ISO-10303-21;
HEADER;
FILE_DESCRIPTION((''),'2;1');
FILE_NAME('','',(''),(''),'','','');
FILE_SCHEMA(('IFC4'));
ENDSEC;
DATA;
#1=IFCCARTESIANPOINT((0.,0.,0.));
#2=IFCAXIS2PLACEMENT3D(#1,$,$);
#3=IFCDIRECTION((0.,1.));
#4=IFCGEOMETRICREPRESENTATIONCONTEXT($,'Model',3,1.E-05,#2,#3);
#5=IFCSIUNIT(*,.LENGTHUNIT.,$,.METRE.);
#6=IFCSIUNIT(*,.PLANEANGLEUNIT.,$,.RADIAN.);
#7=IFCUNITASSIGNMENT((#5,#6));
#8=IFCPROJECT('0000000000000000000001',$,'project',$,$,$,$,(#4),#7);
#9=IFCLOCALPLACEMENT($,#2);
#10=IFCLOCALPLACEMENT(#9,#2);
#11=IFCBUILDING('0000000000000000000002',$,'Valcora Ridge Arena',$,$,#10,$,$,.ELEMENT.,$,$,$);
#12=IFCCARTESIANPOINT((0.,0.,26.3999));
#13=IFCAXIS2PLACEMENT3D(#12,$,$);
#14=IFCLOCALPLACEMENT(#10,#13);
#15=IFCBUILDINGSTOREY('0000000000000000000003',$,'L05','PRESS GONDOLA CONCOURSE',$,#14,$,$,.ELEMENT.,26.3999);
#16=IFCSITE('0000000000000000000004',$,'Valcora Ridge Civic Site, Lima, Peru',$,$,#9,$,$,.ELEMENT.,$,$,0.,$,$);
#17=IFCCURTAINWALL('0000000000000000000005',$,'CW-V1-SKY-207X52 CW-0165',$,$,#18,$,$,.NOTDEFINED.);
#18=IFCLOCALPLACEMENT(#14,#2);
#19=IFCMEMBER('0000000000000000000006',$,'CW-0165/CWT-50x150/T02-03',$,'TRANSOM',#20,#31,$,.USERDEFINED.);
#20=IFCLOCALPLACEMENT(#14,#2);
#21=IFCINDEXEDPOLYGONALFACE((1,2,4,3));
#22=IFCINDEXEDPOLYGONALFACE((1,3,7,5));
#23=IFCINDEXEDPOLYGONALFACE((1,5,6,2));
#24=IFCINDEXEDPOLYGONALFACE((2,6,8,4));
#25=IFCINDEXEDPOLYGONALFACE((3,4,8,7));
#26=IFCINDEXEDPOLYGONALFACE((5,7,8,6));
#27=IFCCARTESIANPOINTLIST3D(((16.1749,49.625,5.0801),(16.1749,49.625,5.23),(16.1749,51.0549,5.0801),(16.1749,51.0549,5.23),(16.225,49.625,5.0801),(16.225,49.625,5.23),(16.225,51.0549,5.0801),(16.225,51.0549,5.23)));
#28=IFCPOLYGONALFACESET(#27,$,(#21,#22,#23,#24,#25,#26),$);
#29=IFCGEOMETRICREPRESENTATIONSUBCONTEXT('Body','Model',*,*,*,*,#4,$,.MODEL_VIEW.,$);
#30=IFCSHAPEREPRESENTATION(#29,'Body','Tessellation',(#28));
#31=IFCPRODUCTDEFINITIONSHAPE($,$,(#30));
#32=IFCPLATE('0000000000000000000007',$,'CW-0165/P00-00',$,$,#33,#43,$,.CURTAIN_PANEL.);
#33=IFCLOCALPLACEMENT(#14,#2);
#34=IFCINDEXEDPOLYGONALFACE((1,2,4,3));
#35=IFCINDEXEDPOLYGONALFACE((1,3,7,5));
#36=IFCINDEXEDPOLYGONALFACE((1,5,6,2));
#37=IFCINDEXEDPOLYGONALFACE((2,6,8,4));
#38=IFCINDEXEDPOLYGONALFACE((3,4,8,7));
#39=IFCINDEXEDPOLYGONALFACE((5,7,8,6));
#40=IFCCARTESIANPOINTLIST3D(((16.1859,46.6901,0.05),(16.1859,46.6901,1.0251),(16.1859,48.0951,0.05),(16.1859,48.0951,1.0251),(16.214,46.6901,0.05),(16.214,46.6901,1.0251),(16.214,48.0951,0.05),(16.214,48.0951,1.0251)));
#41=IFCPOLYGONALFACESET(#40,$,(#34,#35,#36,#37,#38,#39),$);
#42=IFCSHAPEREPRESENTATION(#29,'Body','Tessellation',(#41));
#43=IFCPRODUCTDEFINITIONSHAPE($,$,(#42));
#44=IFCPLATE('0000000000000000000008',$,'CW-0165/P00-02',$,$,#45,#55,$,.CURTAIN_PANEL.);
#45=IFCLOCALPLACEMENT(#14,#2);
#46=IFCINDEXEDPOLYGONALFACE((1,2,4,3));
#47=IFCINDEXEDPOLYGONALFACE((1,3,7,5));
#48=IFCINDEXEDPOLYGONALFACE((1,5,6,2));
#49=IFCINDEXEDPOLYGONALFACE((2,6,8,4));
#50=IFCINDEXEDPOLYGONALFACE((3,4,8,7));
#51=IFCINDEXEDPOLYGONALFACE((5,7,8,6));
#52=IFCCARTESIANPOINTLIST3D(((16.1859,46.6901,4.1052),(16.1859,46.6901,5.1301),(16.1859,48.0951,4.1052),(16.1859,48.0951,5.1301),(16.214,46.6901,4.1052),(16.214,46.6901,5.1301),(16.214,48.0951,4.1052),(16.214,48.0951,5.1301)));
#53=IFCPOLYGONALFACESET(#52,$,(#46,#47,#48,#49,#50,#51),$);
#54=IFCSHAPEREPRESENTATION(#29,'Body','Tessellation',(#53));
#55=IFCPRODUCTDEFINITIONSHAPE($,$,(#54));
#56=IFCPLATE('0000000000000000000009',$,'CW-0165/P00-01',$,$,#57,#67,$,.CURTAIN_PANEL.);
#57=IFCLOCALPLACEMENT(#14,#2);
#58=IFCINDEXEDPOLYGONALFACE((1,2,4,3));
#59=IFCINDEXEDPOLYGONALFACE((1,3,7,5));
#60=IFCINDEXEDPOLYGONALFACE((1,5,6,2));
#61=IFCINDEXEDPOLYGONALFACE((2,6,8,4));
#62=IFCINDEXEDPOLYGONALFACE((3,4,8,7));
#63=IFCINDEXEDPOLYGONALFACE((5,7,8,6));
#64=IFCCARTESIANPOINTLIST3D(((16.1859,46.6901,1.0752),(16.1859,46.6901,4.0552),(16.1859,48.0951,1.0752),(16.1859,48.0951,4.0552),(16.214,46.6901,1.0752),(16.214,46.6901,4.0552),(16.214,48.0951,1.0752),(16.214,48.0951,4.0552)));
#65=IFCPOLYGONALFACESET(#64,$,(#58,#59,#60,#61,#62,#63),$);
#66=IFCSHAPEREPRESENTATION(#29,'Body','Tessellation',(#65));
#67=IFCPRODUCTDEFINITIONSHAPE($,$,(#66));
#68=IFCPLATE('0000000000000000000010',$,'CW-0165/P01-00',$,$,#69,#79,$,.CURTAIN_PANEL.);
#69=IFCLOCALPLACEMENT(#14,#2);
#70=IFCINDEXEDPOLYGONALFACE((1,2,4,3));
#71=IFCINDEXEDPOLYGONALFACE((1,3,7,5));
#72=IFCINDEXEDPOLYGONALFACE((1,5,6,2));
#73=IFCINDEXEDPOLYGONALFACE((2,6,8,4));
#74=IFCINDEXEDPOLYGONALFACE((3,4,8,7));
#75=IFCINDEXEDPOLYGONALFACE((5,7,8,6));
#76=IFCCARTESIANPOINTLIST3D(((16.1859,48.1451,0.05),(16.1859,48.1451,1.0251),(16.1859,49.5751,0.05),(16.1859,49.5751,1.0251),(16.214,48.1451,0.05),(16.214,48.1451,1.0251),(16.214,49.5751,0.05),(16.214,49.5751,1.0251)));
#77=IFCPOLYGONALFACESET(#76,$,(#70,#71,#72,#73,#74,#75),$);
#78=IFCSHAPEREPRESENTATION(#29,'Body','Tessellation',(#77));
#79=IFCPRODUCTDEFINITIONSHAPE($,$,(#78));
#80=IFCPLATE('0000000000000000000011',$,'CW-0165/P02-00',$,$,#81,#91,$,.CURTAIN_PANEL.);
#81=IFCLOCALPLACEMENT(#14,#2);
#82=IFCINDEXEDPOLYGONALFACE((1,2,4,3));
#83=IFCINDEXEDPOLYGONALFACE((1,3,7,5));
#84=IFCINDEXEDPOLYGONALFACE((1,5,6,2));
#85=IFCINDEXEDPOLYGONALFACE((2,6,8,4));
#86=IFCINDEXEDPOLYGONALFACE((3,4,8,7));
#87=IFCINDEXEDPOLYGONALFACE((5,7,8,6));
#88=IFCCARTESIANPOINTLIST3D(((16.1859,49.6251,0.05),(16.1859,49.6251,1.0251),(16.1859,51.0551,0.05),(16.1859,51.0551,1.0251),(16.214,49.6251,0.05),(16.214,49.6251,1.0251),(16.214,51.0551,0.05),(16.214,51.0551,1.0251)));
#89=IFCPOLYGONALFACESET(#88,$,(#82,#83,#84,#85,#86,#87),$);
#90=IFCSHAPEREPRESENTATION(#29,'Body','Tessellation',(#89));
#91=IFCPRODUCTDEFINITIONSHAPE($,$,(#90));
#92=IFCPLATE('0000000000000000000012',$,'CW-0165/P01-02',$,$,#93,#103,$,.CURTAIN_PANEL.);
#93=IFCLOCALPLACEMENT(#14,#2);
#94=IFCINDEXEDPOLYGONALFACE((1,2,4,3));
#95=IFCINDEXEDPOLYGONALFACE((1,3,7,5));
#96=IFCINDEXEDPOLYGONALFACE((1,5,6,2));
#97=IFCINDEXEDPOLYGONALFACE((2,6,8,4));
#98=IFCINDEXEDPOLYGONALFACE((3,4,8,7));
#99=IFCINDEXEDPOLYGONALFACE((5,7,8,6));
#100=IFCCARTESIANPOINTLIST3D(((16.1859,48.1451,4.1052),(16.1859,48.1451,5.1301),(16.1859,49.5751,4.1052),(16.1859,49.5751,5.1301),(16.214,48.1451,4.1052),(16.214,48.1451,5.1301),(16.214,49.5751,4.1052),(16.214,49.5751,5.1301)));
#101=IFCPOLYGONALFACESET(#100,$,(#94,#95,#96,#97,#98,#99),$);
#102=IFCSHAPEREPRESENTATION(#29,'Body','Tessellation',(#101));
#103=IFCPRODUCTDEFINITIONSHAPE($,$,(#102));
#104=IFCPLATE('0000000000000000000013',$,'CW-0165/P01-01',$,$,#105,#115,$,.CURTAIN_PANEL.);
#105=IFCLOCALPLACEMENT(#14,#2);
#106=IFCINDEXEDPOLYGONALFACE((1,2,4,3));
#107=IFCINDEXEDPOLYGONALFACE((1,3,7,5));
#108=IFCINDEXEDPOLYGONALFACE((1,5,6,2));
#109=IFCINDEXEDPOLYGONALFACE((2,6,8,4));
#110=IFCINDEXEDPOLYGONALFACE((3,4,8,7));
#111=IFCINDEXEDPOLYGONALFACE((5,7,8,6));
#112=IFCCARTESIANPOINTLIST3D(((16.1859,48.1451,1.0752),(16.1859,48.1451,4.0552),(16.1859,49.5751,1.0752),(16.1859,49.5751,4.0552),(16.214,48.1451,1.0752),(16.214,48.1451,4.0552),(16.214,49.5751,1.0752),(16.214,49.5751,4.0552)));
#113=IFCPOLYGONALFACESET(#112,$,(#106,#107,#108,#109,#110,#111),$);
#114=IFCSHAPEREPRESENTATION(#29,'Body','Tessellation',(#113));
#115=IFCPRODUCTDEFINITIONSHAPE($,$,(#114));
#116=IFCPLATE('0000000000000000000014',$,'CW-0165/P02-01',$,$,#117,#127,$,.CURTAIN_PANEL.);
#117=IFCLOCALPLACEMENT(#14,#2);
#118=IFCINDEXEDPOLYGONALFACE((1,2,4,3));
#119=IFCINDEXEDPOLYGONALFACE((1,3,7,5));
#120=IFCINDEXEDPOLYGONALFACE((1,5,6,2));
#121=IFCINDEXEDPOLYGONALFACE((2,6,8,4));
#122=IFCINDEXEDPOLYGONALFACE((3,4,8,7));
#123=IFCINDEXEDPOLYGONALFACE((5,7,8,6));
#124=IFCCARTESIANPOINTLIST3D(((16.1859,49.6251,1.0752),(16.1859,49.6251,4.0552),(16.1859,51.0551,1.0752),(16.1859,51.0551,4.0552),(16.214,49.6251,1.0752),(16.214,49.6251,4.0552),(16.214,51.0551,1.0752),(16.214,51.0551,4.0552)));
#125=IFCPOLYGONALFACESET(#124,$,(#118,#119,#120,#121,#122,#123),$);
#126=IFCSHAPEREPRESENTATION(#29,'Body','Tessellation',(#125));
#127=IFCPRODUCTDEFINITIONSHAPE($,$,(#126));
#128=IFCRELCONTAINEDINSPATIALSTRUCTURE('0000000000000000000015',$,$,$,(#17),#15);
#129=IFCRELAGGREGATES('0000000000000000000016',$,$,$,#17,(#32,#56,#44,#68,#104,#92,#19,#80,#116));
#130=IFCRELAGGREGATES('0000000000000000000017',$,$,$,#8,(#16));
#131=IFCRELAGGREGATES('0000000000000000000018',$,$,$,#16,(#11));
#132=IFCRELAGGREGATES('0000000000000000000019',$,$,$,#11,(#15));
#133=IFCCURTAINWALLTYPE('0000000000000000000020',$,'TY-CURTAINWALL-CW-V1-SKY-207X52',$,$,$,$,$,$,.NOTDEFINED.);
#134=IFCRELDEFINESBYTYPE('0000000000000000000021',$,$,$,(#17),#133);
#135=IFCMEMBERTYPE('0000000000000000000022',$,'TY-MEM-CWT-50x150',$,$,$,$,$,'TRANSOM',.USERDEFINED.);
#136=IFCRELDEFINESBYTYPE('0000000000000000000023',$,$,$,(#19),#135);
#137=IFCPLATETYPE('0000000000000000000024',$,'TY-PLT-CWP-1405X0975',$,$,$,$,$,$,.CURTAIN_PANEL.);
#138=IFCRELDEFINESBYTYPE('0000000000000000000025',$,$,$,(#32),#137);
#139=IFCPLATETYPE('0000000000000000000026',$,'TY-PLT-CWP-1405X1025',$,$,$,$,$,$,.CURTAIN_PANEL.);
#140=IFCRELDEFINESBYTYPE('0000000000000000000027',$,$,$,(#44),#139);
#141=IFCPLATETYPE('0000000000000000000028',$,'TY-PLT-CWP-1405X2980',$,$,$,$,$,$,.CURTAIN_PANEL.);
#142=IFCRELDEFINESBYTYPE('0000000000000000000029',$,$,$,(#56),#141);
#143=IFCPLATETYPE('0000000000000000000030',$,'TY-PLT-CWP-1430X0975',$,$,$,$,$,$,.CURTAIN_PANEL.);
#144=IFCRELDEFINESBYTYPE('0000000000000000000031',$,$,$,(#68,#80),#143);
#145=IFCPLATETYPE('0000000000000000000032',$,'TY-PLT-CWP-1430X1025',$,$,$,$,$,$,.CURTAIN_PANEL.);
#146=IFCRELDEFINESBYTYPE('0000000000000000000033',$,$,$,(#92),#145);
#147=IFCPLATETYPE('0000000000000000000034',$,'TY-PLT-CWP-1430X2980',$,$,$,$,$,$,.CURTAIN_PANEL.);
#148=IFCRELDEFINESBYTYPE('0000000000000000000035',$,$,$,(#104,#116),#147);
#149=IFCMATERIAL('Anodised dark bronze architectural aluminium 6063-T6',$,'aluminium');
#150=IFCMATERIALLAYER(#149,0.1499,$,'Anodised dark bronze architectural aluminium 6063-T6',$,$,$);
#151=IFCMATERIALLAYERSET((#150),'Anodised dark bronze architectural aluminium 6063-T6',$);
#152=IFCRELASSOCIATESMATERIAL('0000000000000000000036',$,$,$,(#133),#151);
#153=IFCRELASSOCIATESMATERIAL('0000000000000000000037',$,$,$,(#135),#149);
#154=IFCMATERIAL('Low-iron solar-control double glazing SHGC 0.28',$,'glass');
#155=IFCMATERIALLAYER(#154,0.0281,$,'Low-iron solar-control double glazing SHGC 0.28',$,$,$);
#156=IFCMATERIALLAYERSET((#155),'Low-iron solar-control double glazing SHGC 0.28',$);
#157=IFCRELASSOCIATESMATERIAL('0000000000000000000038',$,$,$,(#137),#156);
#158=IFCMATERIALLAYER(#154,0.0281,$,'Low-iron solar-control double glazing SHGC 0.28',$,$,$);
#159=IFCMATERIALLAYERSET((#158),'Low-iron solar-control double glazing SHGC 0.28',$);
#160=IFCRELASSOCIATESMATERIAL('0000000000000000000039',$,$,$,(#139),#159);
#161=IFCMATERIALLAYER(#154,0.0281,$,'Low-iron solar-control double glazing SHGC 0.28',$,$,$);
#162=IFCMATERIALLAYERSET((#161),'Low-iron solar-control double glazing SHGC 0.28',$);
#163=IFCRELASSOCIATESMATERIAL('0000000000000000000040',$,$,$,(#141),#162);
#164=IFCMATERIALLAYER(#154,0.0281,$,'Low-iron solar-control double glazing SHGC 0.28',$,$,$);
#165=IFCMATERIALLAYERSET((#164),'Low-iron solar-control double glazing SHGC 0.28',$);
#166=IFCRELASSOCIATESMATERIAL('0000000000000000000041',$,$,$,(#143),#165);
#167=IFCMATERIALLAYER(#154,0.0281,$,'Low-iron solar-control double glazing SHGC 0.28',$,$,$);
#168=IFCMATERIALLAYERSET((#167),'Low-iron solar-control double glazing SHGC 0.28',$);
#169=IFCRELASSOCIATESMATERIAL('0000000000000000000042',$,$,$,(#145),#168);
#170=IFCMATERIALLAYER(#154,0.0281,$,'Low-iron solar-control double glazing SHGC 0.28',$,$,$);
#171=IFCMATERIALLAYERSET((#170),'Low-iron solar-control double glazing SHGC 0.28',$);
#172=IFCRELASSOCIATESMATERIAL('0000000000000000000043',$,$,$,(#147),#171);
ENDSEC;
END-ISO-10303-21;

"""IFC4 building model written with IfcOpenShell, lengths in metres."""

from ifc_helpers import new_model, si_unit, direction, frame, origin, origin_2d, place, context, subcontext, project, spatial, rectangle, extrude, material, layer, layer_set, material_profile, profile_set, type_object, element, aggregate, save


model = new_model("IFC4")

# Units and contexts
model_context = context("Model", 3, precision=1e-05, world=origin(), true_north=direction((0.0, 1.0)))
body_context = subcontext(model_context, "Body", "Model", "MODEL_VIEW")
ifc_project = project(units=[si_unit("LENGTHUNIT", "METRE"), si_unit("PLANEANGLEUNIT", "RADIAN")], contexts=[model_context])

# Site, building, storey
site_placement = place(None, origin())
site = spatial("IfcSite", under=ifc_project, at=site_placement, Name="Valcora Ridge Civic Site, Lima, Peru", CompositionType="ELEMENT", RefElevation=0.0)
building_placement = place(site_placement, origin())
building = spatial("IfcBuilding", under=site, at=building_placement, Name="Valcora Ridge Arena", CompositionType="ELEMENT")
storey_placement = place(building_placement, frame((0.0, 0.0, 26.3999)))
storey = spatial("IfcBuildingStorey", under=building, at=storey_placement, Name="L05", Description="PRESS GONDOLA CONCOURSE", CompositionType="ELEMENT", Elevation=26.3999)

# Shared definitions
ifc_material_1 = material(Name="Anodised dark bronze architectural aluminium 6063-T6", Category="aluminium")

# Curtain wall, member, plates
ifc_layer_1 = layer(ifc_material_1, 0.1499, Name="Anodised dark bronze architectural aluminium 6063-T6")
ifc_layer_set_1 = layer_set([ifc_layer_1], Name="Anodised dark bronze architectural aluminium 6063-T6")
curtain_wall_type_1 = type_object("IfcCurtainWallType", Name="TY-CURTAINWALL-CW-V1-SKY-207X52", PredefinedType="NOTDEFINED", material=ifc_layer_set_1)
curtain_wall_1_placement = place(storey_placement, origin())
curtain_wall_1 = element("IfcCurtainWall", 1, at=curtain_wall_1_placement, inside=storey, type_object=curtain_wall_type_1, Name="CW-V1-SKY-207X52 CW-0165", PredefinedType="NOTDEFINED")
ifc_material_profile_1 = material_profile(ifc_material_1, rectangle(XDim=0.05, YDim=0.1499, at=origin_2d()), Name="ALU TRANSOM 50x150")
ifc_profile_set_1 = profile_set([ifc_material_profile_1], Name="Anodised dark bronze architectural aluminium 6063-T6")
member_type_1 = type_object("IfcMemberType", Name="TY-MEM-CWT-50x150", ElementType="TRANSOM", PredefinedType="USERDEFINED", material=ifc_profile_set_1)
member_1_placement = place(storey_placement, frame((16.2, 49.625, 5.155), z_axis=(0.0, 1.0, 0.0), x_axis=(-1.0, 0.0, 0.0)))
member_1 = element("IfcMember", 2, at=member_1_placement, type_object=member_type_1, Name="CW-0165/CWT-50x150/T02-03", ObjectType="TRANSOM", PredefinedType="USERDEFINED", context=body_context, shape_type="SweptSolid", body=[
    extrude(rectangle(XDim=0.05, YDim=0.1499, at=origin_2d()), origin(), (0.0, 0.0, 1.0), 1.4299),
])
ifc_material_2 = material(Name="Low-iron solar-control double glazing SHGC 0.28", Category="glass")
ifc_layer_2 = layer(ifc_material_2, 0.0281, Name="Low-iron solar-control double glazing SHGC 0.28")
ifc_layer_set_2 = layer_set([ifc_layer_2], Name="Low-iron solar-control double glazing SHGC 0.28")
plate_type_1 = type_object("IfcPlateType", Name="TY-PLT-CWP-1405X0975", PredefinedType="CURTAIN_PANEL", material=ifc_layer_set_2)
plate_1_placement = place(storey_placement, frame((16.2, 47.3926, 0.05), z_axis=(0.0, 0.0, 1.0), x_axis=(0.0, 1.0, 0.0)))
plate_1 = element("IfcPlate", 3, at=plate_1_placement, type_object=plate_type_1, Name="CW-0165/P00-00", PredefinedType="CURTAIN_PANEL", context=body_context, shape_type="SweptSolid", body=[
    extrude(rectangle(XDim=1.405, YDim=0.0281, at=origin_2d()), origin(), (0.0, 0.0, 1.0), 0.9751),
])
ifc_layer_3 = layer(ifc_material_2, 0.0281, Name="Low-iron solar-control double glazing SHGC 0.28")
ifc_layer_set_3 = layer_set([ifc_layer_3], Name="Low-iron solar-control double glazing SHGC 0.28")
plate_type_2 = type_object("IfcPlateType", Name="TY-PLT-CWP-1405X1025", PredefinedType="CURTAIN_PANEL", material=ifc_layer_set_3)
plate_2_placement = place(storey_placement, frame((16.2, 47.3926, 4.1052), z_axis=(0.0, 0.0, 1.0), x_axis=(0.0, 1.0, 0.0)))
plate_2 = element("IfcPlate", 4, at=plate_2_placement, type_object=plate_type_2, Name="CW-0165/P00-02", PredefinedType="CURTAIN_PANEL", context=body_context, shape_type="SweptSolid", body=[
    extrude(rectangle(XDim=1.405, YDim=0.0281, at=origin_2d()), origin(), (0.0, 0.0, 1.0), 1.0249),
])
ifc_layer_4 = layer(ifc_material_2, 0.0281, Name="Low-iron solar-control double glazing SHGC 0.28")
ifc_layer_set_4 = layer_set([ifc_layer_4], Name="Low-iron solar-control double glazing SHGC 0.28")
plate_type_3 = type_object("IfcPlateType", Name="TY-PLT-CWP-1405X2980", PredefinedType="CURTAIN_PANEL", material=ifc_layer_set_4)
plate_3_placement = place(storey_placement, frame((16.2, 47.3926, 1.0752), z_axis=(0.0, 0.0, 1.0), x_axis=(0.0, 1.0, 0.0)))
plate_3 = element("IfcPlate", 5, at=plate_3_placement, type_object=plate_type_3, Name="CW-0165/P00-01", PredefinedType="CURTAIN_PANEL", context=body_context, shape_type="SweptSolid", body=[
    extrude(rectangle(XDim=1.405, YDim=0.0281, at=origin_2d()), origin(), (0.0, 0.0, 1.0), 2.98),
])
ifc_layer_5 = layer(ifc_material_2, 0.0281, Name="Low-iron solar-control double glazing SHGC 0.28")
ifc_layer_set_5 = layer_set([ifc_layer_5], Name="Low-iron solar-control double glazing SHGC 0.28")
plate_type_4 = type_object("IfcPlateType", Name="TY-PLT-CWP-1430X0975", PredefinedType="CURTAIN_PANEL", material=ifc_layer_set_5)
plate_4_placement = place(storey_placement, frame((16.2, 48.8601, 0.05), z_axis=(0.0, 0.0, 1.0), x_axis=(0.0, 1.0, 0.0)))
plate_4 = element("IfcPlate", 6, at=plate_4_placement, type_object=plate_type_4, Name="CW-0165/P01-00", PredefinedType="CURTAIN_PANEL", context=body_context, shape_type="SweptSolid", body=[
    extrude(rectangle(XDim=1.4299, YDim=0.0281, at=origin_2d()), origin(), (0.0, 0.0, 1.0), 0.9751),
])
plate_5_placement = place(storey_placement, frame((16.2, 50.3401, 0.05), z_axis=(0.0, 0.0, 1.0), x_axis=(0.0, 1.0, 0.0)))
plate_5 = element("IfcPlate", 7, at=plate_5_placement, type_object=plate_type_4, Name="CW-0165/P02-00", PredefinedType="CURTAIN_PANEL", context=body_context, shape_type="SweptSolid", body=[
    extrude(rectangle(XDim=1.4299, YDim=0.0281, at=origin_2d()), origin(), (0.0, 0.0, 1.0), 0.9751),
])
ifc_layer_6 = layer(ifc_material_2, 0.0281, Name="Low-iron solar-control double glazing SHGC 0.28")
ifc_layer_set_6 = layer_set([ifc_layer_6], Name="Low-iron solar-control double glazing SHGC 0.28")
plate_type_5 = type_object("IfcPlateType", Name="TY-PLT-CWP-1430X1025", PredefinedType="CURTAIN_PANEL", material=ifc_layer_set_6)
plate_6_placement = place(storey_placement, frame((16.2, 48.8601, 4.1052), z_axis=(0.0, 0.0, 1.0), x_axis=(0.0, 1.0, 0.0)))
plate_6 = element("IfcPlate", 8, at=plate_6_placement, type_object=plate_type_5, Name="CW-0165/P01-02", PredefinedType="CURTAIN_PANEL", context=body_context, shape_type="SweptSolid", body=[
    extrude(rectangle(XDim=1.4299, YDim=0.0281, at=origin_2d()), origin(), (0.0, 0.0, 1.0), 1.0249),
])
ifc_layer_7 = layer(ifc_material_2, 0.0281, Name="Low-iron solar-control double glazing SHGC 0.28")
ifc_layer_set_7 = layer_set([ifc_layer_7], Name="Low-iron solar-control double glazing SHGC 0.28")
plate_type_6 = type_object("IfcPlateType", Name="TY-PLT-CWP-1430X2980", PredefinedType="CURTAIN_PANEL", material=ifc_layer_set_7)
plate_7_placement = place(storey_placement, frame((16.2, 48.8601, 1.0752), z_axis=(0.0, 0.0, 1.0), x_axis=(0.0, 1.0, 0.0)))
plate_7 = element("IfcPlate", 9, at=plate_7_placement, type_object=plate_type_6, Name="CW-0165/P01-01", PredefinedType="CURTAIN_PANEL", context=body_context, shape_type="SweptSolid", body=[
    extrude(rectangle(XDim=1.4299, YDim=0.0281, at=origin_2d()), origin(), (0.0, 0.0, 1.0), 2.98),
])
plate_8_placement = place(storey_placement, frame((16.2, 50.3401, 1.0752), z_axis=(0.0, 0.0, 1.0), x_axis=(0.0, 1.0, 0.0)))
plate_8 = element("IfcPlate", 10, at=plate_8_placement, type_object=plate_type_6, Name="CW-0165/P02-01", PredefinedType="CURTAIN_PANEL", context=body_context, shape_type="SweptSolid", body=[
    extrude(rectangle(XDim=1.4299, YDim=0.0281, at=origin_2d()), origin(), (0.0, 0.0, 1.0), 2.98),
])
aggregate(curtain_wall_1, [plate_1, plate_3, plate_2, plate_4, plate_7, plate_6, member_1, plate_5, plate_8])

save(model, "model.ifc")
